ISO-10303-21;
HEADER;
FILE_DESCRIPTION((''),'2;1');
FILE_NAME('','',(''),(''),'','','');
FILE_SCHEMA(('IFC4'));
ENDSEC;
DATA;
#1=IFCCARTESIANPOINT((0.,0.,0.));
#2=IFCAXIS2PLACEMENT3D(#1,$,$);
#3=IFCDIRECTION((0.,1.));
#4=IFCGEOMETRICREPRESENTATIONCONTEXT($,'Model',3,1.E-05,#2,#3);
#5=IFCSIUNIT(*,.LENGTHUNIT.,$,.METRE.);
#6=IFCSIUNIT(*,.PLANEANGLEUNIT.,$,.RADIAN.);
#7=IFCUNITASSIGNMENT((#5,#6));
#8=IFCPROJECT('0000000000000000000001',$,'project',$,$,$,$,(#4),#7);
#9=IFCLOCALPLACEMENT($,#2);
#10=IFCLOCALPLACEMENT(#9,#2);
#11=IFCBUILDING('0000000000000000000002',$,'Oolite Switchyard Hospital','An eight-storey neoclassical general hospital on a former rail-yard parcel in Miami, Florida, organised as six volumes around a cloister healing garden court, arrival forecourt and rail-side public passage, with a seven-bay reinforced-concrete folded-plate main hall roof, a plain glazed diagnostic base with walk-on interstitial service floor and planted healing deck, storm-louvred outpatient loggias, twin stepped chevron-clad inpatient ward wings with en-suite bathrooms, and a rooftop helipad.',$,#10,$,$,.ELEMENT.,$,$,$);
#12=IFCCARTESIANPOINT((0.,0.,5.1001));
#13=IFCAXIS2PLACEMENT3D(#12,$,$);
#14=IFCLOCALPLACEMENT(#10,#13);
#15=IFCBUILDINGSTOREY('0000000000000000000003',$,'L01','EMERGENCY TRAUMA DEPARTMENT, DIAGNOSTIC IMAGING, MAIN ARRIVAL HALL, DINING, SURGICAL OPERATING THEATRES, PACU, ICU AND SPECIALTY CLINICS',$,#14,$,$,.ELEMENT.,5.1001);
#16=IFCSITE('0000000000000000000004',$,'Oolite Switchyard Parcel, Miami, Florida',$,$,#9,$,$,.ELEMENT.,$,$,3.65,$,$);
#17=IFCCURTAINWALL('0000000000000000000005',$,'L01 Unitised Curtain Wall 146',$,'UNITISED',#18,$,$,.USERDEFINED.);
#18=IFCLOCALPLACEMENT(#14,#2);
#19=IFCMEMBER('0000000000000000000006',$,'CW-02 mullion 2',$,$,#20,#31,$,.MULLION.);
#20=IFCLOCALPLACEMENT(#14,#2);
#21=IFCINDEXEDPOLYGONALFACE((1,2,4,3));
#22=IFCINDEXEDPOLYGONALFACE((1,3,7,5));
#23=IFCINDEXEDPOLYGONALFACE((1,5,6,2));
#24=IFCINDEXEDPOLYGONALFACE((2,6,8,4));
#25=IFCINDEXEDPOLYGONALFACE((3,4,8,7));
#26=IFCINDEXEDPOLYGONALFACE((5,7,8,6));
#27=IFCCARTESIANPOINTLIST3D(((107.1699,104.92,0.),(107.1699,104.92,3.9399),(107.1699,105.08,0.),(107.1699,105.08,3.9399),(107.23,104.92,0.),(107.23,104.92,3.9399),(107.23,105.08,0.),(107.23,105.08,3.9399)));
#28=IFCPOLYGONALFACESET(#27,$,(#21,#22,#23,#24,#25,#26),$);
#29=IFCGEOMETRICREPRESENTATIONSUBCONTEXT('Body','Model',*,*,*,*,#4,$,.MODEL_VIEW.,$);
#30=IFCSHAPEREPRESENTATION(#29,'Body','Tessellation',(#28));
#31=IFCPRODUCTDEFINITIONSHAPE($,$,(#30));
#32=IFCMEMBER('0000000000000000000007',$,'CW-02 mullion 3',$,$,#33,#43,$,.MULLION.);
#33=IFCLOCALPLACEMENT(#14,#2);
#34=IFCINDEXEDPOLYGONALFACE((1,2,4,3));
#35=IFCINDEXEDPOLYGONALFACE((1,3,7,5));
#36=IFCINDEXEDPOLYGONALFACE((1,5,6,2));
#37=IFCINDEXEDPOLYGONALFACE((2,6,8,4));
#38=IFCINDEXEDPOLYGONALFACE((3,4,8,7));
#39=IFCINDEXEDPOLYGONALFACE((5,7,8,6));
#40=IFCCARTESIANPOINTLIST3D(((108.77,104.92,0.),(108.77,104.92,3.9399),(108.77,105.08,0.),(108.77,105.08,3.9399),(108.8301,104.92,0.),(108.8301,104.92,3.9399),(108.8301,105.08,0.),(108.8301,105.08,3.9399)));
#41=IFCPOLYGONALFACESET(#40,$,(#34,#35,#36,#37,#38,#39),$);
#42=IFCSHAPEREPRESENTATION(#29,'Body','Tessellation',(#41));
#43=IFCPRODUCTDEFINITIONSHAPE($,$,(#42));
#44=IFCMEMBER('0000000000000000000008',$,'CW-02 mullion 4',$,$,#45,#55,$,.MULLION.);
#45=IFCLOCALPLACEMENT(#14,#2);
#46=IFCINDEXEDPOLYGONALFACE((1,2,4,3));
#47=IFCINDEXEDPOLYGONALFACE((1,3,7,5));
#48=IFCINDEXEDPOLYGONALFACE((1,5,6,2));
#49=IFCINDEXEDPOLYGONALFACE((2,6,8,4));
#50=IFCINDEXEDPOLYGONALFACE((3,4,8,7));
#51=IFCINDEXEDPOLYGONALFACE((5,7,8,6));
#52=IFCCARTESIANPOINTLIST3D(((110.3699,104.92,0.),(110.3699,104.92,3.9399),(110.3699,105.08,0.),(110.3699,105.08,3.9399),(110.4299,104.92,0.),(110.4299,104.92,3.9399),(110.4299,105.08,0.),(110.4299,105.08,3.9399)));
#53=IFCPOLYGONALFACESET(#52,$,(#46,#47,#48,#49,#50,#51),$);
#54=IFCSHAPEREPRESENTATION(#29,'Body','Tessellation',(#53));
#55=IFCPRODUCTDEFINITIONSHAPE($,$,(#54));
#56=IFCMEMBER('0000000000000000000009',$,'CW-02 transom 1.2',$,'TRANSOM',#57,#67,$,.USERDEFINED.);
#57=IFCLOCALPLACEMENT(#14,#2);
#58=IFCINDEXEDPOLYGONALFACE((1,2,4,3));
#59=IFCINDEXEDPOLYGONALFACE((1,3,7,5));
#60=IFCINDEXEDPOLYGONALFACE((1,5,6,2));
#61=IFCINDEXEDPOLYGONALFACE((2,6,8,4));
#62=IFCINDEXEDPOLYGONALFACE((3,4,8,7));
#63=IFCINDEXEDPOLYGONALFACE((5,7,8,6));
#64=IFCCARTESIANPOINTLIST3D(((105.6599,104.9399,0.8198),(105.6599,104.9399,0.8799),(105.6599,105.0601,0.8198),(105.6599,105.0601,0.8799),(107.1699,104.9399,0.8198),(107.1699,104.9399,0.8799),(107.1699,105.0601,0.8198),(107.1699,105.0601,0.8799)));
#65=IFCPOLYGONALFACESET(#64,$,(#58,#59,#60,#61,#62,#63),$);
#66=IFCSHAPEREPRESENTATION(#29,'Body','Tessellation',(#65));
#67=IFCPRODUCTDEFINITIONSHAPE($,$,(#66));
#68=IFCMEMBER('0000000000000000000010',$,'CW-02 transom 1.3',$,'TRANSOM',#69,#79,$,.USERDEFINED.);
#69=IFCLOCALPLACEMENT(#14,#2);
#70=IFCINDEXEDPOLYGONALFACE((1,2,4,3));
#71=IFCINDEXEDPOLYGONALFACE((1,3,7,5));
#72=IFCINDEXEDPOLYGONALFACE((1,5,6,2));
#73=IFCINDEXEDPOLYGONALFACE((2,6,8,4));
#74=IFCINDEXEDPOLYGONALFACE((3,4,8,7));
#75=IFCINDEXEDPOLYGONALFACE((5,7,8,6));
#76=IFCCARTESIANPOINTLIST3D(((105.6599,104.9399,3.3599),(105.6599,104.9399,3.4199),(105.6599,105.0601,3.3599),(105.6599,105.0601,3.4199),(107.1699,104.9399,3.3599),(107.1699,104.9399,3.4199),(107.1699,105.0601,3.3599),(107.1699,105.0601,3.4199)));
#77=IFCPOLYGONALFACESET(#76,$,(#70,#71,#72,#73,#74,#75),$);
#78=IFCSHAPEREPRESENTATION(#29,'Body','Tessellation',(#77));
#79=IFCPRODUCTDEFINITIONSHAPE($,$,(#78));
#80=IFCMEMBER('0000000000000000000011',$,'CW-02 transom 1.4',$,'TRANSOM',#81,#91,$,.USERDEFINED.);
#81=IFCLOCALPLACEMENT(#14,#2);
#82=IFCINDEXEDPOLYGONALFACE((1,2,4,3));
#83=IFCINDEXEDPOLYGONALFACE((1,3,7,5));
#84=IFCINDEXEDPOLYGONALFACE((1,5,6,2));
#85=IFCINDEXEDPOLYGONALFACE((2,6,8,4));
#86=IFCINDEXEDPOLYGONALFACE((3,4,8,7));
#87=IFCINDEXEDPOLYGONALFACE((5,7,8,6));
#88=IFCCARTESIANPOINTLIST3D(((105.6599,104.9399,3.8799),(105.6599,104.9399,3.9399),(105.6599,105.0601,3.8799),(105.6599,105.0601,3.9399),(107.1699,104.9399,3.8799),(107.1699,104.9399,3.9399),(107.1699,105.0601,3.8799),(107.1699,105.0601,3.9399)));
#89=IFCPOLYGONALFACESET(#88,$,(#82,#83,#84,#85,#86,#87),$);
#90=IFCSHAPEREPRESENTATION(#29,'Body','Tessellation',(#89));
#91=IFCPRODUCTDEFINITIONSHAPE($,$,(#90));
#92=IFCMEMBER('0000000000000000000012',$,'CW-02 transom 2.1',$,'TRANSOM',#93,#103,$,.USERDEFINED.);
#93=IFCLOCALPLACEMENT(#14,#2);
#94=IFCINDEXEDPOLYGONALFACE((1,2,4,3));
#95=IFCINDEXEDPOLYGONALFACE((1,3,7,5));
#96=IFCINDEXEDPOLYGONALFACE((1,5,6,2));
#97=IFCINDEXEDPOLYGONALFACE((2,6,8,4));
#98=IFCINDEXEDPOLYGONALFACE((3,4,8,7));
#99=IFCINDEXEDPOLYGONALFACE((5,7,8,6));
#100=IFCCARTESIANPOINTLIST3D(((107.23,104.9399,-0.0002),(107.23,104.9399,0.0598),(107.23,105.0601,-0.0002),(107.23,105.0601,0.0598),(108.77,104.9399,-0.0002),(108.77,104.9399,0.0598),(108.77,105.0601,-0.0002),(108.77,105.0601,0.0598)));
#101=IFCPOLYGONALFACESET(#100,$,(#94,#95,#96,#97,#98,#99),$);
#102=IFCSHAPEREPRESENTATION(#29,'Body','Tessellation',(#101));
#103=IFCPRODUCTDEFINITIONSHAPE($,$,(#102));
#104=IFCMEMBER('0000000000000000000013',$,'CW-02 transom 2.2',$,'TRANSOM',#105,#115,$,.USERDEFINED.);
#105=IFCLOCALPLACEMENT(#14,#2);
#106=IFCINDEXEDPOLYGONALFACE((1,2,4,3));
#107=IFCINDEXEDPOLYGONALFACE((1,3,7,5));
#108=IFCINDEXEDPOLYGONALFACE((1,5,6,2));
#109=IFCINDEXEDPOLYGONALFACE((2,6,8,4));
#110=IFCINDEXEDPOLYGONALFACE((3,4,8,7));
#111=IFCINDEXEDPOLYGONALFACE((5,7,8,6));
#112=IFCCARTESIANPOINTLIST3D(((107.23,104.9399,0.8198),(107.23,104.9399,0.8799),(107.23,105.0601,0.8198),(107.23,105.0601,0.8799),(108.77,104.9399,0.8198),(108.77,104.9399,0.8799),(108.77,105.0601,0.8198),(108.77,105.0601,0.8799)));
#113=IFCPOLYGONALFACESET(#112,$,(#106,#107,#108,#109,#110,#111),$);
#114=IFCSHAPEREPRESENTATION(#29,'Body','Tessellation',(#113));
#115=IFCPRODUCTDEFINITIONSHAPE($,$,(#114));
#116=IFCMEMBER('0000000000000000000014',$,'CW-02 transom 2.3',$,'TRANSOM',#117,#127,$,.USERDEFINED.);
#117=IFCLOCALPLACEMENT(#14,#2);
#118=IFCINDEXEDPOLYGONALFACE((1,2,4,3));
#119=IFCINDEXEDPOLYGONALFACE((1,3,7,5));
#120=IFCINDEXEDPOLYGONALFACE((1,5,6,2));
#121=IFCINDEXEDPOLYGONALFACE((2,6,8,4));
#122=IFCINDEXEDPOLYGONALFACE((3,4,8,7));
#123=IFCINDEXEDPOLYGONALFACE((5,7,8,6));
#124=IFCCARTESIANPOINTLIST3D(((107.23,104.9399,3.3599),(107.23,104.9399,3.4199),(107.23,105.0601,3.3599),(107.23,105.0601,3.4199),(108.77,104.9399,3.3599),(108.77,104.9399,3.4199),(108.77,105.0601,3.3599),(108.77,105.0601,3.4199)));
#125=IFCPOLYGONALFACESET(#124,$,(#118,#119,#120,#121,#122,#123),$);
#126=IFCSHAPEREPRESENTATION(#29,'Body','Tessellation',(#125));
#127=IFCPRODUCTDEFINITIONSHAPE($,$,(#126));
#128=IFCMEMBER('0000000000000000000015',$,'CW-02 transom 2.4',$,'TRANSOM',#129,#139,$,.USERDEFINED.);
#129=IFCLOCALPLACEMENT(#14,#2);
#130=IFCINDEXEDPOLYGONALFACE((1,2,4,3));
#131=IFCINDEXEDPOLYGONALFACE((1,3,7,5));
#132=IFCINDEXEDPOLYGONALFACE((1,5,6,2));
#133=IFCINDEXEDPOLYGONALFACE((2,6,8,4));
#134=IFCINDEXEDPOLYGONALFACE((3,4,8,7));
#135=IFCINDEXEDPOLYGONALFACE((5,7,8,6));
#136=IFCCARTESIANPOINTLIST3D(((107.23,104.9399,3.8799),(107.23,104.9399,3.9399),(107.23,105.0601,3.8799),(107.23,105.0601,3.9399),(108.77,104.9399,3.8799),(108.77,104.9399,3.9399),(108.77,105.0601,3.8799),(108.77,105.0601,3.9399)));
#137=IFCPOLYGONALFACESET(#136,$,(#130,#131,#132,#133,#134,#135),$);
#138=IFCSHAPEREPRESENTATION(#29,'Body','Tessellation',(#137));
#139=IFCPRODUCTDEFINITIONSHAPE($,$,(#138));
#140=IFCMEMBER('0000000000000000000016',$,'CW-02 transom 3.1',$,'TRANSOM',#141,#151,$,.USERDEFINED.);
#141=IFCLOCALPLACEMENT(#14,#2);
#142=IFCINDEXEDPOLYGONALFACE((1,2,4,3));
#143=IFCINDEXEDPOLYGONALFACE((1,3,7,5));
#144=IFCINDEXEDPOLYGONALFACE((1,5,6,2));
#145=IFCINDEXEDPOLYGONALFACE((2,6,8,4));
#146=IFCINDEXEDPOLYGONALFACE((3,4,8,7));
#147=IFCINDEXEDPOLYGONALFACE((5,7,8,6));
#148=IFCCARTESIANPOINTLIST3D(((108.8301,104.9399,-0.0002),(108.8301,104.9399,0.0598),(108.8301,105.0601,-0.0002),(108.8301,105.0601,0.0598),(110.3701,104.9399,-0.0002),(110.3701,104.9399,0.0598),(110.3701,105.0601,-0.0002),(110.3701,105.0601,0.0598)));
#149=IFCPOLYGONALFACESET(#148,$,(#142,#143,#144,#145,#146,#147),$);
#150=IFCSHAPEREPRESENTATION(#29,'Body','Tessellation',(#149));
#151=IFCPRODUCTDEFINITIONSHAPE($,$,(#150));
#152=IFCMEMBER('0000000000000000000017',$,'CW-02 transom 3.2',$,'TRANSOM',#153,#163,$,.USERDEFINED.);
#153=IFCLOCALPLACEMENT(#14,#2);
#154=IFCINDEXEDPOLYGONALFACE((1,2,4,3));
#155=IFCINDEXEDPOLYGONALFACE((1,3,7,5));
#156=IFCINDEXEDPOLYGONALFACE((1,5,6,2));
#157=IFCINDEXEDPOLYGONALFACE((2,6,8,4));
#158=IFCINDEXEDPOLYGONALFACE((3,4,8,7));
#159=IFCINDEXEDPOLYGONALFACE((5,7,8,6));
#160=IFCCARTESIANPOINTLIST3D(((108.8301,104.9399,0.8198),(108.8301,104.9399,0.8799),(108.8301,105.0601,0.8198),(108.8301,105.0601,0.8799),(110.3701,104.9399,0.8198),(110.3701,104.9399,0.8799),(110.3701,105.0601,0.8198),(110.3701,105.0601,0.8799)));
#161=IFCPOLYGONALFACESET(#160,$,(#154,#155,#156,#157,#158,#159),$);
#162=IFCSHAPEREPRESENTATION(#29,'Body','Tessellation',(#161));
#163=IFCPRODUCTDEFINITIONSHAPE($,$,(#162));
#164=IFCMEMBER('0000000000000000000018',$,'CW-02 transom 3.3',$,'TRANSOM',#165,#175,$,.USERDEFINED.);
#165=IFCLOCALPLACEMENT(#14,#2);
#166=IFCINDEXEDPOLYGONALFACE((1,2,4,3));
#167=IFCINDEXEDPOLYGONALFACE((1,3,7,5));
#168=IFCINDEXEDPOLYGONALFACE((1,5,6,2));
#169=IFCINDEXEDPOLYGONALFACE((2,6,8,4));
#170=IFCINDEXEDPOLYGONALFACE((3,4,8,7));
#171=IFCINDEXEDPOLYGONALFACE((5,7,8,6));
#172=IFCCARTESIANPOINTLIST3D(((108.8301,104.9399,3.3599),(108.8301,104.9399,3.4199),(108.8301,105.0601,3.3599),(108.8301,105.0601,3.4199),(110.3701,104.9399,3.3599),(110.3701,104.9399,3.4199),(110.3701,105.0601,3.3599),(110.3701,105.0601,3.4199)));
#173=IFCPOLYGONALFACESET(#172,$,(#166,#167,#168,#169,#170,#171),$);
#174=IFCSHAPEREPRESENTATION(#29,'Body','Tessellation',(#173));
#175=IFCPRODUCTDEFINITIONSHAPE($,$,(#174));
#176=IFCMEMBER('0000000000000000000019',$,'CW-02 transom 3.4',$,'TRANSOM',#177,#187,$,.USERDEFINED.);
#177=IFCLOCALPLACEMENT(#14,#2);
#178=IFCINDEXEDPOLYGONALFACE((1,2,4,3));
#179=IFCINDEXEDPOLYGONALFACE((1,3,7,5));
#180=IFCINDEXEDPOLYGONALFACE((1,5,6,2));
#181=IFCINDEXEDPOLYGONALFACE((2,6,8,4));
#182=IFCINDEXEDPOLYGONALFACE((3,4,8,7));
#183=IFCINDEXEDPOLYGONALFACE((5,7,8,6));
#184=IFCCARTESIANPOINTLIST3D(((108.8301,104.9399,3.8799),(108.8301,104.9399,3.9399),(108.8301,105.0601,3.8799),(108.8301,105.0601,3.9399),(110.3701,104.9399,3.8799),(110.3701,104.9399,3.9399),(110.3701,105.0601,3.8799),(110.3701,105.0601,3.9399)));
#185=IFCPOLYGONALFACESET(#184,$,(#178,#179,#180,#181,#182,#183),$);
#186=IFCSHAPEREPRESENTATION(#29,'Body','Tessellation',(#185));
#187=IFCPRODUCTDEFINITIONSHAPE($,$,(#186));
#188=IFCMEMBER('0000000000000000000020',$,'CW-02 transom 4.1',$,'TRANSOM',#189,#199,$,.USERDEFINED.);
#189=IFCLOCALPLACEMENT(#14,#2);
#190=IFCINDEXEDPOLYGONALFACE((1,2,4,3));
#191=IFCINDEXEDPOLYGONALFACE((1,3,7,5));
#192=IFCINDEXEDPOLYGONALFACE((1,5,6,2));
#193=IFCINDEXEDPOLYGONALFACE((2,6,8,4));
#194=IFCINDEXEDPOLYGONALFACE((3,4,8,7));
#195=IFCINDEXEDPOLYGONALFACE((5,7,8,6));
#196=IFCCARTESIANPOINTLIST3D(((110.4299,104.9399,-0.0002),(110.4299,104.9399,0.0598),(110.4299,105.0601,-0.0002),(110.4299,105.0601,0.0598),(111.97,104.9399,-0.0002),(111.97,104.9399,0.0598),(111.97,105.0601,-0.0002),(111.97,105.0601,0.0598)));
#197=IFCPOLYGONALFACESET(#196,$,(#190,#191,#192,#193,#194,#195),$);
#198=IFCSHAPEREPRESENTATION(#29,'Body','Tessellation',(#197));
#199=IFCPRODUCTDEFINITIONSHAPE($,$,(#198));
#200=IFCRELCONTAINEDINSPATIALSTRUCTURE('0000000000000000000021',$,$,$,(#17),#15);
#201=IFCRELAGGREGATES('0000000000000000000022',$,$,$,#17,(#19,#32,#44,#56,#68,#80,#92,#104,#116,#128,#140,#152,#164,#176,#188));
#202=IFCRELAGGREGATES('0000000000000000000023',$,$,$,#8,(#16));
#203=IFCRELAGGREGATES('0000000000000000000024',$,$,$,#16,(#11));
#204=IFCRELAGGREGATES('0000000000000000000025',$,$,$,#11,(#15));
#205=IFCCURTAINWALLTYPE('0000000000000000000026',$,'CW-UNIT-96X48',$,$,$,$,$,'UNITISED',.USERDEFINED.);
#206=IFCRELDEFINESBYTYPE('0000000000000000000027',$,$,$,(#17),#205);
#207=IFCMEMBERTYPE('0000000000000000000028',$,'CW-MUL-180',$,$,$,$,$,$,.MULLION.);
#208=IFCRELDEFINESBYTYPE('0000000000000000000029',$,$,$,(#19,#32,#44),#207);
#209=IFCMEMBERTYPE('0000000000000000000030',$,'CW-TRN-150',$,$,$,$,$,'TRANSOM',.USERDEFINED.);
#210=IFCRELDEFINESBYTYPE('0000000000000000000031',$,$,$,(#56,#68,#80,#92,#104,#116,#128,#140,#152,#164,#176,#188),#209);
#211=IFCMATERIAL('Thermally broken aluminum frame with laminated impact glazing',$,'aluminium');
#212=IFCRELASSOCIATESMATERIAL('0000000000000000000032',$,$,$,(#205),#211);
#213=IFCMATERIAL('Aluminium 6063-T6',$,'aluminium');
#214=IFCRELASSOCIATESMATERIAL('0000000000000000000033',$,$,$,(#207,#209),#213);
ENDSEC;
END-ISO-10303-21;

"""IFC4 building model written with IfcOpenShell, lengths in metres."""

from ifc_helpers import new_model, si_unit, direction, frame, origin, origin_2d, place, context, subcontext, project, spatial, rectangle, extrude, material, material_profile, profile_set, type_object, element, aggregate, save


model = new_model("IFC4")

# Units and contexts
model_context = context("Model", 3, precision=1e-05, world=origin(), true_north=direction((0.0, 1.0)))
body_context = subcontext(model_context, "Body", "Model", "MODEL_VIEW")
ifc_project = project(units=[si_unit("LENGTHUNIT", "METRE"), si_unit("PLANEANGLEUNIT", "RADIAN")], contexts=[model_context])

# Site, building, storey
site_placement = place(None, origin())
site = spatial("IfcSite", under=ifc_project, at=site_placement, Name="Oolite Switchyard Parcel, Miami, Florida", CompositionType="ELEMENT", RefElevation=3.65)
building_placement = place(site_placement, origin())
building = spatial("IfcBuilding", under=site, at=building_placement, Name="Oolite Switchyard Hospital", Description="An eight-storey neoclassical general hospital on a former rail-yard parcel in Miami, Florida, organised as six volumes around a cloister healing garden court, arrival forecourt and rail-side public passage, with a seven-bay reinforced-concrete folded-plate main hall roof, a plain glazed diagnostic base with walk-on interstitial service floor and planted healing deck, storm-louvred outpatient loggias, twin stepped chevron-clad inpatient ward wings with en-suite bathrooms, and a rooftop helipad.", CompositionType="ELEMENT")
storey_placement = place(building_placement, frame((0.0, 0.0, 5.1001)))
storey = spatial("IfcBuildingStorey", under=building, at=storey_placement, Name="L01", Description="EMERGENCY TRAUMA DEPARTMENT, DIAGNOSTIC IMAGING, MAIN ARRIVAL HALL, DINING, SURGICAL OPERATING THEATRES, PACU, ICU AND SPECIALTY CLINICS", CompositionType="ELEMENT", Elevation=5.1001)

# Curtain wall, members
ifc_material_1 = material(Name="Thermally broken aluminum frame with laminated impact glazing", Category="aluminium")
curtain_wall_type = type_object("IfcCurtainWallType", Name="CW-UNIT-96X48", ElementType="UNITISED", PredefinedType="USERDEFINED", material=ifc_material_1)
curtain_wall_placement = place(storey_placement, origin())
curtain_wall = element("IfcCurtainWall", 1, at=curtain_wall_placement, inside=storey, type_object=curtain_wall_type, Name="L01 Unitised Curtain Wall 146", ObjectType="UNITISED", PredefinedType="USERDEFINED")
ifc_material_2 = material(Name="Aluminium 6063-T6", Category="aluminium")
ifc_material_profile_1 = material_profile(ifc_material_2, rectangle(XDim=0.1599, YDim=0.0601, at=origin_2d()), Name="CWM60X160")
ifc_profile_set_1 = profile_set([ifc_material_profile_1], Name="Aluminium 6063-T6")
member_type_1 = type_object("IfcMemberType", Name="CW-MUL-180", PredefinedType="MULLION", material=ifc_profile_set_1)
member_1_placement = place(storey_placement, frame((107.2, 105.0, 0.0), z_axis=(0.0, 0.0, 1.0), x_axis=(0.0, 1.0, 0.0)))
member_1 = element("IfcMember", 2, at=member_1_placement, type_object=member_type_1, Name="CW-02 mullion 2", PredefinedType="MULLION", context=body_context, shape_type="SweptSolid", body=[
    extrude(rectangle(XDim=0.1599, YDim=0.0601, at=origin_2d()), origin(), (0.0, 0.0, 1.0), 3.9399),
])
member_2_placement = place(storey_placement, frame((108.8, 105.0, 0.0), z_axis=(0.0, 0.0, 1.0), x_axis=(0.0, 1.0, 0.0)))
member_2 = element("IfcMember", 3, at=member_2_placement, type_object=member_type_1, Name="CW-02 mullion 3", PredefinedType="MULLION", context=body_context, shape_type="SweptSolid", body=[
    extrude(rectangle(XDim=0.1599, YDim=0.0601, at=origin_2d()), origin(), (0.0, 0.0, 1.0), 3.9399),
])
member_3_placement = place(storey_placement, frame((110.3999, 105.0, 0.0), z_axis=(0.0, 0.0, 1.0), x_axis=(0.0, 1.0, 0.0)))
member_3 = element("IfcMember", 4, at=member_3_placement, type_object=member_type_1, Name="CW-02 mullion 4", PredefinedType="MULLION", context=body_context, shape_type="SweptSolid", body=[
    extrude(rectangle(XDim=0.1599, YDim=0.0601, at=origin_2d()), origin(), (0.0, 0.0, 1.0), 3.9399),
])
ifc_material_profile_2 = material_profile(ifc_material_2, rectangle(XDim=0.1201, YDim=0.0601, at=origin_2d()), Name="CWT60X120")
ifc_profile_set_2 = profile_set([ifc_material_profile_2], Name="Aluminium 6063-T6")
member_type_2 = type_object("IfcMemberType", Name="CW-TRN-150", ElementType="TRANSOM", PredefinedType="USERDEFINED", material=ifc_profile_set_2)
member_4_placement = place(storey_placement, frame((105.6599, 105.0, 0.8499), z_axis=(1.0, 0.0, 0.0), x_axis=(0.0, 1.0, 0.0)))
member_4 = element("IfcMember", 5, at=member_4_placement, type_object=member_type_2, Name="CW-02 transom 1.2", ObjectType="TRANSOM", PredefinedType="USERDEFINED", context=body_context, shape_type="SweptSolid", body=[
    extrude(rectangle(XDim=0.1201, YDim=0.0601, at=origin_2d()), origin(), (0.0, 0.0, 1.0), 1.51),
])
member_5_placement = place(storey_placement, frame((105.6599, 105.0, 3.3899), z_axis=(1.0, 0.0, 0.0), x_axis=(0.0, 1.0, 0.0)))
member_5 = element("IfcMember", 6, at=member_5_placement, type_object=member_type_2, Name="CW-02 transom 1.3", ObjectType="TRANSOM", PredefinedType="USERDEFINED", context=body_context, shape_type="SweptSolid", body=[
    extrude(rectangle(XDim=0.1201, YDim=0.0601, at=origin_2d()), origin(), (0.0, 0.0, 1.0), 1.51),
])
member_6_placement = place(storey_placement, frame((105.6599, 105.0, 3.9099), z_axis=(1.0, 0.0, 0.0), x_axis=(0.0, 1.0, 0.0)))
member_6 = element("IfcMember", 7, at=member_6_placement, type_object=member_type_2, Name="CW-02 transom 1.4", ObjectType="TRANSOM", PredefinedType="USERDEFINED", context=body_context, shape_type="SweptSolid", body=[
    extrude(rectangle(XDim=0.1201, YDim=0.0601, at=origin_2d()), origin(), (0.0, 0.0, 1.0), 1.51),
])
member_7_placement = place(storey_placement, frame((107.23, 105.0, 0.0298), z_axis=(1.0, 0.0, 0.0), x_axis=(0.0, 1.0, 0.0)))
member_7 = element("IfcMember", 8, at=member_7_placement, type_object=member_type_2, Name="CW-02 transom 2.1", ObjectType="TRANSOM", PredefinedType="USERDEFINED", context=body_context, shape_type="SweptSolid", body=[
    extrude(rectangle(XDim=0.1201, YDim=0.0601, at=origin_2d()), origin(), (0.0, 0.0, 1.0), 1.54),
])
member_8_placement = place(storey_placement, frame((107.23, 105.0, 0.8499), z_axis=(1.0, 0.0, 0.0), x_axis=(0.0, 1.0, 0.0)))
member_8 = element("IfcMember", 9, at=member_8_placement, type_object=member_type_2, Name="CW-02 transom 2.2", ObjectType="TRANSOM", PredefinedType="USERDEFINED", context=body_context, shape_type="SweptSolid", body=[
    extrude(rectangle(XDim=0.1201, YDim=0.0601, at=origin_2d()), origin(), (0.0, 0.0, 1.0), 1.54),
])
member_9_placement = place(storey_placement, frame((107.23, 105.0, 3.3899), z_axis=(1.0, 0.0, 0.0), x_axis=(0.0, 1.0, 0.0)))
member_9 = element("IfcMember", 10, at=member_9_placement, type_object=member_type_2, Name="CW-02 transom 2.3", ObjectType="TRANSOM", PredefinedType="USERDEFINED", context=body_context, shape_type="SweptSolid", body=[
    extrude(rectangle(XDim=0.1201, YDim=0.0601, at=origin_2d()), origin(), (0.0, 0.0, 1.0), 1.54),
])
member_10_placement = place(storey_placement, frame((107.23, 105.0, 3.9099), z_axis=(1.0, 0.0, 0.0), x_axis=(0.0, 1.0, 0.0)))
member_10 = element("IfcMember", 11, at=member_10_placement, type_object=member_type_2, Name="CW-02 transom 2.4", ObjectType="TRANSOM", PredefinedType="USERDEFINED", context=body_context, shape_type="SweptSolid", body=[
    extrude(rectangle(XDim=0.1201, YDim=0.0601, at=origin_2d()), origin(), (0.0, 0.0, 1.0), 1.54),
])
member_11_placement = place(storey_placement, frame((108.8301, 105.0, 0.0298), z_axis=(1.0, 0.0, 0.0), x_axis=(0.0, 1.0, 0.0)))
member_11 = element("IfcMember", 12, at=member_11_placement, type_object=member_type_2, Name="CW-02 transom 3.1", ObjectType="TRANSOM", PredefinedType="USERDEFINED", context=body_context, shape_type="SweptSolid", body=[
    extrude(rectangle(XDim=0.1201, YDim=0.0601, at=origin_2d()), origin(), (0.0, 0.0, 1.0), 1.54),
])
member_12_placement = place(storey_placement, frame((108.8301, 105.0, 0.8499), z_axis=(1.0, 0.0, 0.0), x_axis=(0.0, 1.0, 0.0)))
member_12 = element("IfcMember", 13, at=member_12_placement, type_object=member_type_2, Name="CW-02 transom 3.2", ObjectType="TRANSOM", PredefinedType="USERDEFINED", context=body_context, shape_type="SweptSolid", body=[
    extrude(rectangle(XDim=0.1201, YDim=0.0601, at=origin_2d()), origin(), (0.0, 0.0, 1.0), 1.54),
])
member_13_placement = place(storey_placement, frame((108.8301, 105.0, 3.3899), z_axis=(1.0, 0.0, 0.0), x_axis=(0.0, 1.0, 0.0)))
member_13 = element("IfcMember", 14, at=member_13_placement, type_object=member_type_2, Name="CW-02 transom 3.3", ObjectType="TRANSOM", PredefinedType="USERDEFINED", context=body_context, shape_type="SweptSolid", body=[
    extrude(rectangle(XDim=0.1201, YDim=0.0601, at=origin_2d()), origin(), (0.0, 0.0, 1.0), 1.54),
])
member_14_placement = place(storey_placement, frame((108.8301, 105.0, 3.9099), z_axis=(1.0, 0.0, 0.0), x_axis=(0.0, 1.0, 0.0)))
member_14 = element("IfcMember", 15, at=member_14_placement, type_object=member_type_2, Name="CW-02 transom 3.4", ObjectType="TRANSOM", PredefinedType="USERDEFINED", context=body_context, shape_type="SweptSolid", body=[
    extrude(rectangle(XDim=0.1201, YDim=0.0601, at=origin_2d()), origin(), (0.0, 0.0, 1.0), 1.54),
])
member_15_placement = place(storey_placement, frame((110.4299, 105.0, 0.0298), z_axis=(1.0, 0.0, 0.0), x_axis=(0.0, 1.0, 0.0)))
member_15 = element("IfcMember", 16, at=member_15_placement, type_object=member_type_2, Name="CW-02 transom 4.1", ObjectType="TRANSOM", PredefinedType="USERDEFINED", context=body_context, shape_type="SweptSolid", body=[
    extrude(rectangle(XDim=0.1201, YDim=0.0601, at=origin_2d()), origin(), (0.0, 0.0, 1.0), 1.54),
])
aggregate(curtain_wall, [member_1, member_2, member_3, member_4, member_5, member_6, member_7, member_8, member_9, member_10, member_11, member_12, member_13, member_14, member_15])

save(model, "model.ifc")
